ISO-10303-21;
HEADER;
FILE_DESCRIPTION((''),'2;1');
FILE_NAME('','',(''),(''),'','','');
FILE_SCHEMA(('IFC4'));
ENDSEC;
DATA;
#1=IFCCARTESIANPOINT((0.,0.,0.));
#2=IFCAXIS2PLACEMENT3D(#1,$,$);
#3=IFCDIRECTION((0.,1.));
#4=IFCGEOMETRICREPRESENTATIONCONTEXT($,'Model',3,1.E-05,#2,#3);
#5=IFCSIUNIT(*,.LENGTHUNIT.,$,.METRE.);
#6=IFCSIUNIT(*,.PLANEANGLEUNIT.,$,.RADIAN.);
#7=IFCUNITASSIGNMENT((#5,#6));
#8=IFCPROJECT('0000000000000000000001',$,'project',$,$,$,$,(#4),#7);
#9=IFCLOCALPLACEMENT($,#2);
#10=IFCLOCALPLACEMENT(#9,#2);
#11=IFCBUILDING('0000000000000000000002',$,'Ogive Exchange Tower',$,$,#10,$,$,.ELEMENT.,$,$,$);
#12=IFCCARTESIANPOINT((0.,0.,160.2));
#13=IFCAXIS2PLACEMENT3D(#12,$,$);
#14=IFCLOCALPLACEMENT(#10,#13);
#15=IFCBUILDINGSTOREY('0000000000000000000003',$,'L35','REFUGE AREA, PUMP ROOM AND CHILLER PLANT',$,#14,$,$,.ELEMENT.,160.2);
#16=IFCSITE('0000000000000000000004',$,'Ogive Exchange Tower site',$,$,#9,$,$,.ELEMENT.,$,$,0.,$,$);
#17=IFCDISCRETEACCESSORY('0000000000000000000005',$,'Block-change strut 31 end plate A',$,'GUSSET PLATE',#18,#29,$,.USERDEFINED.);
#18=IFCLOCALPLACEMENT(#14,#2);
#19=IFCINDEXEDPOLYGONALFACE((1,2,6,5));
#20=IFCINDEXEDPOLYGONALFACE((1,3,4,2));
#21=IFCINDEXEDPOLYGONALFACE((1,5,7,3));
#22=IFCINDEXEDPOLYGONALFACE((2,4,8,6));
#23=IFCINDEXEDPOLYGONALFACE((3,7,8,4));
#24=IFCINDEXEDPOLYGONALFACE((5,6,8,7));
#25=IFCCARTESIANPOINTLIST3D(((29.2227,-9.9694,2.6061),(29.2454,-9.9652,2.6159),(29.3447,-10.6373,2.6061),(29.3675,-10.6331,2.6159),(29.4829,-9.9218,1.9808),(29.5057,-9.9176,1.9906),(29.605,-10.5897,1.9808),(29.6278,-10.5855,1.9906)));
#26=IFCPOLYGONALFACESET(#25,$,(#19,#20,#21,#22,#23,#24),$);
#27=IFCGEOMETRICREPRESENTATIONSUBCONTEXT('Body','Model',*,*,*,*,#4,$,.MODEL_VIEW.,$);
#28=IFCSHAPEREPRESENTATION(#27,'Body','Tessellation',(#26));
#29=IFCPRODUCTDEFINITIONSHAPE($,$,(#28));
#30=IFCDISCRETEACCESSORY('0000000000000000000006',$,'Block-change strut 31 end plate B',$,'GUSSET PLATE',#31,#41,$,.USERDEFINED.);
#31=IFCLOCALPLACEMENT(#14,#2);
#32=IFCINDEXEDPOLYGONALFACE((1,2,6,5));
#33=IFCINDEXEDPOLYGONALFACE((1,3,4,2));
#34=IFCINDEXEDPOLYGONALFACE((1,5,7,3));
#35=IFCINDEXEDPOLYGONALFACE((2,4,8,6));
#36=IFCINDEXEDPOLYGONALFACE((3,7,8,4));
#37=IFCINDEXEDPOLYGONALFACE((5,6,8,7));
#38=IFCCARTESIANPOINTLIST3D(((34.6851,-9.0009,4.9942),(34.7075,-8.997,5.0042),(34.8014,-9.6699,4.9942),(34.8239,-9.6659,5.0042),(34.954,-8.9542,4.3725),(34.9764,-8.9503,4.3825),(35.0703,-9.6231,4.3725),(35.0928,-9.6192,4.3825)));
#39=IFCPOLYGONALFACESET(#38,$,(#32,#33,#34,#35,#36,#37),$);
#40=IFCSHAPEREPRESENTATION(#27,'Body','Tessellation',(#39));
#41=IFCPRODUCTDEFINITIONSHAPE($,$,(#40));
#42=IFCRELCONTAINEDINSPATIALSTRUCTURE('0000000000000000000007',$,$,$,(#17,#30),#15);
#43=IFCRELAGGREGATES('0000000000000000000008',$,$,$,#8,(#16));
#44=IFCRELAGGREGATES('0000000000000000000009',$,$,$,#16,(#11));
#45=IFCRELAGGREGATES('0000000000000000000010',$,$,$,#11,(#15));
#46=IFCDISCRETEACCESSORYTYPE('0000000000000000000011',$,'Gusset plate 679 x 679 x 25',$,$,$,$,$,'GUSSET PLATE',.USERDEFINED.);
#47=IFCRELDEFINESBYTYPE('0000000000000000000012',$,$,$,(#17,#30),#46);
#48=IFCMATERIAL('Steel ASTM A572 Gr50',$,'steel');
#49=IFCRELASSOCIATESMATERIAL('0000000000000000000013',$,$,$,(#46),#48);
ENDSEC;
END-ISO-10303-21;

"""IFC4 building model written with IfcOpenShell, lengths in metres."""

from ifc_helpers import new_model, si_unit, direction, frame, origin, origin_2d, place, context, subcontext, project, spatial, rectangle, extrude, material, material_profile, profile_set, type_object, element, save


model = new_model("IFC4")

# Units and contexts
model_context = context("Model", 3, precision=1e-05, world=origin(), true_north=direction((0.0, 1.0)))
body_context = subcontext(model_context, "Body", "Model", "MODEL_VIEW")
ifc_project = project(units=[si_unit("LENGTHUNIT", "METRE"), si_unit("PLANEANGLEUNIT", "RADIAN")], contexts=[model_context])

# Site, building, storey
site_placement = place(None, origin())
site = spatial("IfcSite", under=ifc_project, at=site_placement, Name="Ogive Exchange Tower site", CompositionType="ELEMENT", RefElevation=0.0)
building_placement = place(site_placement, origin())
building = spatial("IfcBuilding", under=site, at=building_placement, Name="Ogive Exchange Tower", CompositionType="ELEMENT")
storey_placement = place(building_placement, frame((0.0, 0.0, 160.2)))
storey = spatial("IfcBuildingStorey", under=building, at=storey_placement, Name="L35", Description="REFUGE AREA, PUMP ROOM AND CHILLER PLANT", CompositionType="ELEMENT", Elevation=160.2)

# Discrete accessories
ifc_material_1 = material(Name="Steel ASTM A572 Gr50", Category="steel")
ifc_material_profile_1 = material_profile(ifc_material_1, rectangle(XDim=0.679, YDim=0.679, at=origin_2d()), Name="PL 679 x 679 x 25")
ifc_profile_set_1 = profile_set([ifc_material_profile_1], Name="Steel ASTM A572 Gr50")
discrete_accessory_type_1 = type_object("IfcDiscreteAccessoryType", Name="Gusset plate 679 x 679 x 25", ElementType="GUSSET PLATE", PredefinedType="USERDEFINED", material=ifc_profile_set_1)
for number, where, z_axis, x_axis, name in (
    (1, (29.4138, -10.2795, 2.2935), (0.905949, 0.165604, 0.389656), (-0.179816, 0.9837, 0.0), "Block-change strut 31 end plate A"),
):
    element("IfcDiscreteAccessory", number, at=place(storey_placement, frame(where, z_axis=z_axis, x_axis=x_axis)), inside=storey, type_object=discrete_accessory_type_1, Name=name, ObjectType="GUSSET PLATE", PredefinedType="USERDEFINED", context=body_context, shape_type="SweptSolid", body=[
        extrude(rectangle(XDim=0.679, YDim=0.679, at=origin_2d()), origin(), (0.0, 0.0, 1.0), 0.0251),
    ])
discrete_accessory_1_placement = place(storey_placement, frame((34.8777, -9.312, 4.6833), z_axis=(0.902091, 0.156885, 0.402019), x_axis=(-0.171341, 0.985212, 0.0)))
element("IfcDiscreteAccessory", 2, at=discrete_accessory_1_placement, inside=storey, type_object=discrete_accessory_type_1, Name="Block-change strut 31 end plate B", ObjectType="GUSSET PLATE", PredefinedType="USERDEFINED", context=body_context, shape_type="SweptSolid", body=[
    extrude(rectangle(XDim=0.679, YDim=0.679, at=origin_2d()), origin(), (0.0, 0.0, 1.0), 0.0249),
])

save(model, "model.ifc")
